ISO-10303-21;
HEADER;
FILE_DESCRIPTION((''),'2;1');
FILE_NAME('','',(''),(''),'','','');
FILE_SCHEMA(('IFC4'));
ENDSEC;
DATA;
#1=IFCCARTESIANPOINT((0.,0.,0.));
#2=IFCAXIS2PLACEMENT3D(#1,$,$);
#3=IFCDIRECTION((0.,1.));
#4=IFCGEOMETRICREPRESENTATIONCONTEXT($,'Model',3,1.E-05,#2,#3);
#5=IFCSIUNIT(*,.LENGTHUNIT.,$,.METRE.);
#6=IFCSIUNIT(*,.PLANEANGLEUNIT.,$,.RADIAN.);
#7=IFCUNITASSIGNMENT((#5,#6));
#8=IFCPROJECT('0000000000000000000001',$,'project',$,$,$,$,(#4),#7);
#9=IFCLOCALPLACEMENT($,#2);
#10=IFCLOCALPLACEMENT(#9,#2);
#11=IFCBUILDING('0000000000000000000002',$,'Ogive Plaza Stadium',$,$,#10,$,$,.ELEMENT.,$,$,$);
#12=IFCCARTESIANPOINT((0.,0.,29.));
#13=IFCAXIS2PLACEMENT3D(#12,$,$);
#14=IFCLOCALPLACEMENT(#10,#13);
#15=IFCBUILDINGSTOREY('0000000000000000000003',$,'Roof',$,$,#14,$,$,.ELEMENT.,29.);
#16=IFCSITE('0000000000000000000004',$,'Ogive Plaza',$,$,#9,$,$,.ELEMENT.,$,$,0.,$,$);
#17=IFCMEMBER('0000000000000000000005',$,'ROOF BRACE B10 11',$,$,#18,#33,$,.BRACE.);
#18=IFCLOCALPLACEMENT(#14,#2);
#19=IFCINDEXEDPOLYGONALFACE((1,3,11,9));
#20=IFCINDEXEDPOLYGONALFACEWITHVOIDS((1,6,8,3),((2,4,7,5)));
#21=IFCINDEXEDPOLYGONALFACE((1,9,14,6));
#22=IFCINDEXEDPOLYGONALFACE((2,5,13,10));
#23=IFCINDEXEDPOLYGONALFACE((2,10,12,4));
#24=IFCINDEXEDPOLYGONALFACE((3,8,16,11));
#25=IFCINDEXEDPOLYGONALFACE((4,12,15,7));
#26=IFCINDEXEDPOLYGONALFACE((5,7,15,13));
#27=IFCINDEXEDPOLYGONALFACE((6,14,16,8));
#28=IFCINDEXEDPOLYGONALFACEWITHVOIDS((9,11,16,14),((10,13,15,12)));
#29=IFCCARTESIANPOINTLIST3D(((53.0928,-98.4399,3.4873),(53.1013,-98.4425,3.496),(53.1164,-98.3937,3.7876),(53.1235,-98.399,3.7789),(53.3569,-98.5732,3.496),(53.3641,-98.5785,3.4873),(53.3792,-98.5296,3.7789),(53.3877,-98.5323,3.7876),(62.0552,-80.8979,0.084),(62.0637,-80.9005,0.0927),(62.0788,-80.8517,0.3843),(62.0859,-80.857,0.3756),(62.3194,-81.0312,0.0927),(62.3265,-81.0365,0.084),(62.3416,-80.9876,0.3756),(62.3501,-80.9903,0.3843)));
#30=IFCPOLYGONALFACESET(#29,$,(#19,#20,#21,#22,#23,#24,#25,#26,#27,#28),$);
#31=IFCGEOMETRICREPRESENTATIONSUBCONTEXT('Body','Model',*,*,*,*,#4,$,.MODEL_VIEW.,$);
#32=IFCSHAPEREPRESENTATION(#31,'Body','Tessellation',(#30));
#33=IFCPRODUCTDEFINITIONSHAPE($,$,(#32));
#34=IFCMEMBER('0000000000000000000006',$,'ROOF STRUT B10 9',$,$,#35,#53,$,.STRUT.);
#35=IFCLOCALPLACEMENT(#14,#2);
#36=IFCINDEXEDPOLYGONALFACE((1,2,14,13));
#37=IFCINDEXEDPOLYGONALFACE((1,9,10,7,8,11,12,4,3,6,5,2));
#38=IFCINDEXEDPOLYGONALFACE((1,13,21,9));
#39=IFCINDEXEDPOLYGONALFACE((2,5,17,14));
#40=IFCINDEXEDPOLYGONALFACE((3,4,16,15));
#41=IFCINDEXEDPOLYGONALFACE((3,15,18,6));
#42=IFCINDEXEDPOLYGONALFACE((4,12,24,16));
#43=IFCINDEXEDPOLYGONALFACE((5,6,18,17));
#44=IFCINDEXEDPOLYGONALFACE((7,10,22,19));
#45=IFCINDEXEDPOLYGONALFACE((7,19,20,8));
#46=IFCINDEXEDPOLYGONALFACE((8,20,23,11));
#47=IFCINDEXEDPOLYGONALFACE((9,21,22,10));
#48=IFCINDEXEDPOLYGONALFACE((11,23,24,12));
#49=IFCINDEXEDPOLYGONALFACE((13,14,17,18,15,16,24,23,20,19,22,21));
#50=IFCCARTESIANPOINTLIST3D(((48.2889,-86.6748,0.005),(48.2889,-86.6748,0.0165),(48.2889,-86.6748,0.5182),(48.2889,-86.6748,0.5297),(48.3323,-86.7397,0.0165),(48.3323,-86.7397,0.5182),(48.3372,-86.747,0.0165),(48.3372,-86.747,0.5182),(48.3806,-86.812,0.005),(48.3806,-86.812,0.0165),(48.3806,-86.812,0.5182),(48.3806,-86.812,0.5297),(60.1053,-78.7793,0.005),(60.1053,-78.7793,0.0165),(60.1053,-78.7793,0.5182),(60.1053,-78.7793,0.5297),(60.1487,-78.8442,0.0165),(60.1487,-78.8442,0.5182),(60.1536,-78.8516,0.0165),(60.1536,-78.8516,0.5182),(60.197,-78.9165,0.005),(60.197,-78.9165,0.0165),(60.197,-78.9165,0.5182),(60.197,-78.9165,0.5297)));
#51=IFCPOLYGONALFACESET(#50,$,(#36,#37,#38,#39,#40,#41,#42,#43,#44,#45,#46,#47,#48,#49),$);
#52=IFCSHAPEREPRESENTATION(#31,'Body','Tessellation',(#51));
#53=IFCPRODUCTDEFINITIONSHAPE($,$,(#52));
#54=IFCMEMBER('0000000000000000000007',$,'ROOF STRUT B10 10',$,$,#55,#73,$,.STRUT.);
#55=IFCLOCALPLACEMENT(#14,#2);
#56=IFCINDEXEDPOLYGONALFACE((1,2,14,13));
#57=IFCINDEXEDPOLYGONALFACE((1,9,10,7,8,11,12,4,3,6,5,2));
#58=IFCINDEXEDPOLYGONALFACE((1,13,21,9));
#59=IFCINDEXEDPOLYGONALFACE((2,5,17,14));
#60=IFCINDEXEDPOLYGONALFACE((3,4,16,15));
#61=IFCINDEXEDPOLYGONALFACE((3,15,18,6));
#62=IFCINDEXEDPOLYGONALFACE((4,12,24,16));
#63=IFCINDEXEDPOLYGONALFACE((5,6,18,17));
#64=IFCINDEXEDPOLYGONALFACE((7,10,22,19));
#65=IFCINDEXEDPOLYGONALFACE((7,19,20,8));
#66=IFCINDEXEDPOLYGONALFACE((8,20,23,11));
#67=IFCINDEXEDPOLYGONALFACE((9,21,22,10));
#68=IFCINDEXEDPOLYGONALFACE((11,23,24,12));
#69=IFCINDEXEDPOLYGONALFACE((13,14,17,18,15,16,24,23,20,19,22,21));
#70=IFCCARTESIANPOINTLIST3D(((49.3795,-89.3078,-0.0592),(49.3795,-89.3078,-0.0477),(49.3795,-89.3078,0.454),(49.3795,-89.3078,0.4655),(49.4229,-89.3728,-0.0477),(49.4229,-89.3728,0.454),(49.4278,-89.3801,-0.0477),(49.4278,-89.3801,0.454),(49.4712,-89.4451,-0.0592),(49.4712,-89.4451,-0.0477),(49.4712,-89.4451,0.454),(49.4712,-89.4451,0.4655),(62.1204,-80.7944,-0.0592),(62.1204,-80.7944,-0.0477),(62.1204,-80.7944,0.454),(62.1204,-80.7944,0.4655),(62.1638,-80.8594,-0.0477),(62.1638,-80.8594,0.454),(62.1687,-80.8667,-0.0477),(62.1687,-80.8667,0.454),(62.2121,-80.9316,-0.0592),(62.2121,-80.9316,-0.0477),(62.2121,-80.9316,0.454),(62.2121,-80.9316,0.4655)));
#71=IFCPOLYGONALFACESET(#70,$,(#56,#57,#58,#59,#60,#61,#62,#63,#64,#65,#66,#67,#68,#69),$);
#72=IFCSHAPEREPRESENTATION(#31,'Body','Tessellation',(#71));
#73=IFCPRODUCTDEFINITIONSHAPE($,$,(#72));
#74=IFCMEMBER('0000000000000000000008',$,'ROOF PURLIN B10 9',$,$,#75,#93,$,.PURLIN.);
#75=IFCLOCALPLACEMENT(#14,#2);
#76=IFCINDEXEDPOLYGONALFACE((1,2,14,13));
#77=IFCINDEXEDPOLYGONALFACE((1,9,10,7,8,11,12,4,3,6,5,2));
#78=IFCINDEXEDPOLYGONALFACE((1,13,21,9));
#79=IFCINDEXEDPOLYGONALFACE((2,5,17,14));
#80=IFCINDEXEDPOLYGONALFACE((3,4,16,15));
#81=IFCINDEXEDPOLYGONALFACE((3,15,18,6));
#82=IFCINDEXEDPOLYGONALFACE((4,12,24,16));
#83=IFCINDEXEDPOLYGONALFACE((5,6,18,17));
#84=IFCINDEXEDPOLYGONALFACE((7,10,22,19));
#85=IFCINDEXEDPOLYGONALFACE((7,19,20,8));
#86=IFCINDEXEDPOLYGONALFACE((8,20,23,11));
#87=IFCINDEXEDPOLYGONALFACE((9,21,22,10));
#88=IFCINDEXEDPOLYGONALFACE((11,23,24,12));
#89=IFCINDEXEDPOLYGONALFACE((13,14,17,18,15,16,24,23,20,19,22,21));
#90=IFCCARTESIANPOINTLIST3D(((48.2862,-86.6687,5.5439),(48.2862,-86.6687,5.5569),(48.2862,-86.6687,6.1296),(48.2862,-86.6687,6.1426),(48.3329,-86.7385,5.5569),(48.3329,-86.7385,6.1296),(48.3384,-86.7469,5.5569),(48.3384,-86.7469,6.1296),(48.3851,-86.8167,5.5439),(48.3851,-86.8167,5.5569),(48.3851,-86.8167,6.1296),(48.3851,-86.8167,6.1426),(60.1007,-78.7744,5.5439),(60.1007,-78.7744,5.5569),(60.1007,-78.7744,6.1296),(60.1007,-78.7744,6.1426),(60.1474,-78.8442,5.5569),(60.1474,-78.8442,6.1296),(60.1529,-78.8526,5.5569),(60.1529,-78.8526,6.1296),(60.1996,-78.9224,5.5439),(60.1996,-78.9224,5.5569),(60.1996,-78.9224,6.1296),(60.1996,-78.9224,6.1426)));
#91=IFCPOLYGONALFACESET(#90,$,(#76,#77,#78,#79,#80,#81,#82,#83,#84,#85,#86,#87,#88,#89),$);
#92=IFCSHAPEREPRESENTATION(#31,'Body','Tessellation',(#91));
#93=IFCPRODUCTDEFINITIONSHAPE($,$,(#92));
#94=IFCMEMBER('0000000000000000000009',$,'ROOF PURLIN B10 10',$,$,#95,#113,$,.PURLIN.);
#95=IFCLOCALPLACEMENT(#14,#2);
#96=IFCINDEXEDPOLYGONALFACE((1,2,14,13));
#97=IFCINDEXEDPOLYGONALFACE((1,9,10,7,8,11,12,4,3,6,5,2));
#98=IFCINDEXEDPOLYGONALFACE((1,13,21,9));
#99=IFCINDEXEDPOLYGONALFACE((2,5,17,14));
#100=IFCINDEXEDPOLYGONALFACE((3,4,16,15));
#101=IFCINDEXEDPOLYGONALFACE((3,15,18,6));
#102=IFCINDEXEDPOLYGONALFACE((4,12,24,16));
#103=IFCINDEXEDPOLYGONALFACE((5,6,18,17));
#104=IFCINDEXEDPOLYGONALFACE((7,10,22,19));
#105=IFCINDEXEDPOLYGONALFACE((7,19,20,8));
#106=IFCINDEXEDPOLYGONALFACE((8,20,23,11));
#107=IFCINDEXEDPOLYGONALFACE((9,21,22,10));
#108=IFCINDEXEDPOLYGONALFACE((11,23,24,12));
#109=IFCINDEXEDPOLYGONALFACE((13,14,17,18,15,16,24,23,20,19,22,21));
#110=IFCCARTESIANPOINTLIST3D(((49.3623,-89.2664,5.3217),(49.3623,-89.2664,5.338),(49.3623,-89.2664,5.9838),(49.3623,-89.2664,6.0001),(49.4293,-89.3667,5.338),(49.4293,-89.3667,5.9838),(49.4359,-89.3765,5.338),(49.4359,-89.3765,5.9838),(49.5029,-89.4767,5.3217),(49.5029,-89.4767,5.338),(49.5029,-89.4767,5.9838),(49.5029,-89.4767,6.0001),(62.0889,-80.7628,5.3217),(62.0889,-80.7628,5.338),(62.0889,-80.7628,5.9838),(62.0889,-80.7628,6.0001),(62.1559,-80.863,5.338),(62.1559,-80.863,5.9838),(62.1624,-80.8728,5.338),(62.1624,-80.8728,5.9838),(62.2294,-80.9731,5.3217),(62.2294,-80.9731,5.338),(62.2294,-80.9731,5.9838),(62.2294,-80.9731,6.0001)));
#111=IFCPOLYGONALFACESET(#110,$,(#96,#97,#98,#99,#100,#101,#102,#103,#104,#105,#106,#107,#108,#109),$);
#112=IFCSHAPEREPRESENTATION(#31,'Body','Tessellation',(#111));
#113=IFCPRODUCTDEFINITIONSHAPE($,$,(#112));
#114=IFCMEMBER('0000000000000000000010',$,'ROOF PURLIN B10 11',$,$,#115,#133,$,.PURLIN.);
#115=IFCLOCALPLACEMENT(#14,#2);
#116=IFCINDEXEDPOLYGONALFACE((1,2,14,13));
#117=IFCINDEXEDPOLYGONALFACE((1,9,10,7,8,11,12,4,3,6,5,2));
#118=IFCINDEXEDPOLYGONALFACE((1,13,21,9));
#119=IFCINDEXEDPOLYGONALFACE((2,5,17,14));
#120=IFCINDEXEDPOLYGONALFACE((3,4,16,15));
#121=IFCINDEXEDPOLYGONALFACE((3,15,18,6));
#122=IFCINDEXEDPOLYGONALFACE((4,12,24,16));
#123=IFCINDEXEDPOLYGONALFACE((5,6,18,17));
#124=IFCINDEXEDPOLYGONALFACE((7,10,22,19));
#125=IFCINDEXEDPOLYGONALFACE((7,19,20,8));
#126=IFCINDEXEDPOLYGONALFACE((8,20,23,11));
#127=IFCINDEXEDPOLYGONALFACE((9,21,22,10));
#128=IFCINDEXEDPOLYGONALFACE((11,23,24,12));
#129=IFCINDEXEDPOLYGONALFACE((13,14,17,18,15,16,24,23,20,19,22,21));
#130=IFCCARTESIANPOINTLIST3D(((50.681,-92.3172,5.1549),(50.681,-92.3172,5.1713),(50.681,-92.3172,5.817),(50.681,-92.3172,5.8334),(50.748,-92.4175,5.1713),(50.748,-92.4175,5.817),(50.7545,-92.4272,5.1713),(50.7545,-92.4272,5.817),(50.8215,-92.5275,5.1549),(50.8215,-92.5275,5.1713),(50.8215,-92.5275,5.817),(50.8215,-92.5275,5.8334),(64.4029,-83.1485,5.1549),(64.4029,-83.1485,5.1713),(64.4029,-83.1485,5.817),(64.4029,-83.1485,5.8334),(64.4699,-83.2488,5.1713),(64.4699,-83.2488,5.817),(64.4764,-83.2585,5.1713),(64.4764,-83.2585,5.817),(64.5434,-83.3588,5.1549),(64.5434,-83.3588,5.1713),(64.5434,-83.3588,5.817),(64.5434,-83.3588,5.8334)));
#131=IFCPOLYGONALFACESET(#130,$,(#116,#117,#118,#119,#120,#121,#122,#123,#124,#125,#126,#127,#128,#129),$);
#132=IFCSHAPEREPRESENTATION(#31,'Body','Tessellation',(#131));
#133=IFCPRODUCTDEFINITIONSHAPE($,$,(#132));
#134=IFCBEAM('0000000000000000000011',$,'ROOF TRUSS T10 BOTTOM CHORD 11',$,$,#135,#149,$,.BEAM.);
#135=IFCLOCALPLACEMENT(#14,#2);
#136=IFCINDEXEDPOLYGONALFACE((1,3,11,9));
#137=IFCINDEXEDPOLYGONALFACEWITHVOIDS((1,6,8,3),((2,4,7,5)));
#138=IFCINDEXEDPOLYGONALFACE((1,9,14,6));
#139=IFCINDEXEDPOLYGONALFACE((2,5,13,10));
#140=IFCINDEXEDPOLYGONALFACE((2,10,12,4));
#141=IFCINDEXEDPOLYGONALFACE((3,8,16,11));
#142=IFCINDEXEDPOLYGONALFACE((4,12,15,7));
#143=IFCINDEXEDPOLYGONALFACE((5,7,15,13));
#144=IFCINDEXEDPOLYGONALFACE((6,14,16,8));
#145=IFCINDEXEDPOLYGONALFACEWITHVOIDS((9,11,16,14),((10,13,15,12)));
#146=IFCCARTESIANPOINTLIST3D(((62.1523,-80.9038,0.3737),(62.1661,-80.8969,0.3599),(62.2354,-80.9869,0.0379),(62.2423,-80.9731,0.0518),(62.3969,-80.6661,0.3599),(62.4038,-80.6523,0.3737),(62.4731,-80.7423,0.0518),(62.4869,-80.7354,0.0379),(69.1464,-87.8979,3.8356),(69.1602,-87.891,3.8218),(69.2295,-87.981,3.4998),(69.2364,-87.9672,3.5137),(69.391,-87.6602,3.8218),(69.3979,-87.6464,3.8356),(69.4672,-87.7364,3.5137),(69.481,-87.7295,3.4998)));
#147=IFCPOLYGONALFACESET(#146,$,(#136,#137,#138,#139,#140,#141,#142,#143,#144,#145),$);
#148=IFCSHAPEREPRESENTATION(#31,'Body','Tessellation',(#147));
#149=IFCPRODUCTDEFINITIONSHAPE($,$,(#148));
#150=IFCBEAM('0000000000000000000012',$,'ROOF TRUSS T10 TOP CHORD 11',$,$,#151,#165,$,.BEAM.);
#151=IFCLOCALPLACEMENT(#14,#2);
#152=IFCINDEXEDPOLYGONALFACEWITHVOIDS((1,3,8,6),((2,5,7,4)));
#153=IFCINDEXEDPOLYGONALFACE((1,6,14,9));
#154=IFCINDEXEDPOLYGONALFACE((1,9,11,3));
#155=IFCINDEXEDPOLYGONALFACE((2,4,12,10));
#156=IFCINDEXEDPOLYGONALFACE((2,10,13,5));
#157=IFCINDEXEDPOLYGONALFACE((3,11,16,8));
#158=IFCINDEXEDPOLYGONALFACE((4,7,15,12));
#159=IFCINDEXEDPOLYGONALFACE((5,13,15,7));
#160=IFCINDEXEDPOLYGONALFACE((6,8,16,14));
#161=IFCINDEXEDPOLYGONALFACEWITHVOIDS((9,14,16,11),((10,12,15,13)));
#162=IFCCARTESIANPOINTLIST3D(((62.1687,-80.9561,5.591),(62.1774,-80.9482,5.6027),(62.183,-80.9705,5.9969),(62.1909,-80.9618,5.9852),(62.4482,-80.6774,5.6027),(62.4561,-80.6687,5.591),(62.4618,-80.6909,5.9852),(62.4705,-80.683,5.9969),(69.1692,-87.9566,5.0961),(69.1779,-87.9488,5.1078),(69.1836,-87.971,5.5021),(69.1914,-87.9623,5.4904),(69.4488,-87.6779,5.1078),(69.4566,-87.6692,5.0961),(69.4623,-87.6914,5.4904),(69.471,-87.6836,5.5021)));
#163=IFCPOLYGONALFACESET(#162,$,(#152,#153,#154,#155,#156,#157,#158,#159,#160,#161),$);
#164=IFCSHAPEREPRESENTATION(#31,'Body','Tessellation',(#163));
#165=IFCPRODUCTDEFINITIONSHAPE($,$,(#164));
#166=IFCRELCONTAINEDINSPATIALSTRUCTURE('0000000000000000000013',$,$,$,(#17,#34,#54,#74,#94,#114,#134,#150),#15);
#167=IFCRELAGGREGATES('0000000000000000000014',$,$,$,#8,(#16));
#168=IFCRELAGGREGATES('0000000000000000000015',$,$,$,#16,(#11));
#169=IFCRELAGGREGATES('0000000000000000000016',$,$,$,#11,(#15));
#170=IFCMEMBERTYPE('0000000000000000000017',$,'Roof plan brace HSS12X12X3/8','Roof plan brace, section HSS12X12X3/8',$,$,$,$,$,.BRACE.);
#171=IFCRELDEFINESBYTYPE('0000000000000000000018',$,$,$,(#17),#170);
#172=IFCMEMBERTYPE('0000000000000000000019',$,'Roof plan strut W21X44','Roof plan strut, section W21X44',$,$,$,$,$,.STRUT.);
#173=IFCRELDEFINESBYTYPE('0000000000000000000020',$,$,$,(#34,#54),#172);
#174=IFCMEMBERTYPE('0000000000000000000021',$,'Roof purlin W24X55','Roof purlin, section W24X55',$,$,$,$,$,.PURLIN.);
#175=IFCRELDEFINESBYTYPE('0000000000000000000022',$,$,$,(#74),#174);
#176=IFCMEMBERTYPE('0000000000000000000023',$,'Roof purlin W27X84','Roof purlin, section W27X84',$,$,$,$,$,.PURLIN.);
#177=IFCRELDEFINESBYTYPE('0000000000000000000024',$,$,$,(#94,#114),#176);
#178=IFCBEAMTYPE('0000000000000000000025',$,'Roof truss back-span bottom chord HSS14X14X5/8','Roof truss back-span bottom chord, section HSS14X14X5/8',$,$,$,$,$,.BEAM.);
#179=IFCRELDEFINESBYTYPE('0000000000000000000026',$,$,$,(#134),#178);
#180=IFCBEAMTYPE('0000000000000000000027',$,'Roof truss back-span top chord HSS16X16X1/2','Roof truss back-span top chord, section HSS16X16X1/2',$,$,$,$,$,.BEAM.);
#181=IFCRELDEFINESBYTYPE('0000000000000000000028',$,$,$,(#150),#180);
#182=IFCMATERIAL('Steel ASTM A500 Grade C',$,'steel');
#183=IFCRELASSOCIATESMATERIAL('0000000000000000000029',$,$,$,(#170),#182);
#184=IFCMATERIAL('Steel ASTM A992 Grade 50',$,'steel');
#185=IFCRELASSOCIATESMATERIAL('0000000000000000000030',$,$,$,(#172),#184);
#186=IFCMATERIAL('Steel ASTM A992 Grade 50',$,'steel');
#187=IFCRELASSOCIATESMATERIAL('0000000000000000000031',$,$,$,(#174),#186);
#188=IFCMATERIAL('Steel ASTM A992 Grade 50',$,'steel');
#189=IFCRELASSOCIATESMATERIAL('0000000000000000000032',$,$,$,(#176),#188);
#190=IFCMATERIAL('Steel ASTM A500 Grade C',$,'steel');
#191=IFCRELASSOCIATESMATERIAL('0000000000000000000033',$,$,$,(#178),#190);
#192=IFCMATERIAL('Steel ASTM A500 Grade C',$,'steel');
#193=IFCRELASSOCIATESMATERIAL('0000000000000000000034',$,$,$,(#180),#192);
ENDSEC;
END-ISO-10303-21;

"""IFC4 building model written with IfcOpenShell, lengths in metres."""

from ifc_helpers import new_model, si_unit, direction, frame, origin, origin_2d, place, context, subcontext, project, spatial, hollow_rectangle, i_section, extrude, material, material_profile, profile_set, type_object, element, save


model = new_model("IFC4")

# Units and contexts
model_context = context("Model", 3, precision=1e-05, world=origin(), true_north=direction((0.0, 1.0)))
body_context = subcontext(model_context, "Body", "Model", "MODEL_VIEW")
ifc_project = project(units=[si_unit("LENGTHUNIT", "METRE"), si_unit("PLANEANGLEUNIT", "RADIAN")], contexts=[model_context])

# Site, building, storey
site_placement = place(None, origin())
site = spatial("IfcSite", under=ifc_project, at=site_placement, Name="Ogive Plaza", CompositionType="ELEMENT", RefElevation=0.0)
building_placement = place(site_placement, origin())
building = spatial("IfcBuilding", under=site, at=building_placement, Name="Ogive Plaza Stadium", CompositionType="ELEMENT")
storey_placement = place(building_placement, frame((0.0, 0.0, 29.0)))
storey = spatial("IfcBuildingStorey", under=building, at=storey_placement, Name="Roof", CompositionType="ELEMENT", Elevation=29.0)

# Members
ifc_material_1 = material(Name="Steel ASTM A500 Grade C", Category="steel")
ifc_material_profile_1 = material_profile(ifc_material_1, hollow_rectangle(XDim=0.3047, YDim=0.3047, WallThickness=0.0088, at=origin_2d()), Name="HSS12X12X3/8")
ifc_profile_set_1 = profile_set([ifc_material_profile_1], Name="Steel ASTM A500 Grade C")
member_type_1 = type_object("IfcMemberType", Name="Roof plan brace HSS12X12X3/8", Description="Roof plan brace, section HSS12X12X3/8", PredefinedType="BRACE", material=ifc_profile_set_1)
member_1_placement = place(storey_placement, frame((62.2026, -80.9441, 0.2341), z_axis=(-0.448328, -0.877507, 0.170245), x_axis=(0.890507, -0.45497, 0.0)))
element("IfcMember", 1, at=member_1_placement, inside=storey, type_object=member_type_1, Name="ROOF BRACE B10 11", PredefinedType="BRACE", context=body_context, shape_type="SweptSolid", body=[
    extrude(hollow_rectangle(XDim=0.3047, YDim=0.3047, WallThickness=0.0088, at=origin_2d()), origin(), (0.0, 0.0, 1.0), 19.9907),
])
ifc_material_2 = material(Name="Steel ASTM A992 Grade 50", Category="steel")
ifc_material_profile_2 = material_profile(ifc_material_2, i_section(OverallWidth=0.165, OverallDepth=0.5247, WebThickness=0.0088, FlangeThickness=0.0115, at=origin_2d()), Name="W21X44")
ifc_profile_set_2 = profile_set([ifc_material_profile_2], Name="Steel ASTM A992 Grade 50")
member_type_2 = type_object("IfcMemberType", Name="Roof plan strut W21X44", Description="Roof plan strut, section W21X44", PredefinedType="STRUT", material=ifc_profile_set_2)
member_2_placement = place(storey_placement, frame((60.1511, -78.8479, 0.2673), z_axis=(-0.831468, -0.555572, 0.0), x_axis=(0.555572, -0.831468, 0.0)))
element("IfcMember", 2, at=member_2_placement, inside=storey, type_object=member_type_2, Name="ROOF STRUT B10 9", PredefinedType="STRUT", context=body_context, shape_type="SweptSolid", body=[
    extrude(i_section(OverallWidth=0.165, OverallDepth=0.5247, WebThickness=0.0088, FlangeThickness=0.0115, at=origin_2d()), origin(), (0.0, 0.0, 1.0), 14.2114),
])
member_3_placement = place(storey_placement, frame((62.1663, -80.863, 0.2031), z_axis=(-0.831464, -0.555579, 0.0), x_axis=(0.555579, -0.831464, 0.0)))
element("IfcMember", 3, at=member_3_placement, inside=storey, type_object=member_type_2, Name="ROOF STRUT B10 10", PredefinedType="STRUT", context=body_context, shape_type="SweptSolid", body=[
    extrude(i_section(OverallWidth=0.165, OverallDepth=0.5247, WebThickness=0.0088, FlangeThickness=0.0115, at=origin_2d()), origin(), (0.0, 0.0, 1.0), 15.3235),
])
ifc_material_3 = material(Name="Steel ASTM A992 Grade 50", Category="steel")
ifc_material_profile_3 = material_profile(ifc_material_3, i_section(OverallWidth=0.178, OverallDepth=0.5986, WebThickness=0.01, FlangeThickness=0.0129, at=origin_2d()), Name="W24X55")
ifc_profile_set_3 = profile_set([ifc_material_profile_3], Name="Steel ASTM A992 Grade 50")
member_type_3 = type_object("IfcMemberType", Name="Roof purlin W24X55", Description="Roof purlin, section W24X55", PredefinedType="PURLIN", material=ifc_profile_set_3)
member_4_placement = place(storey_placement, frame((60.1501, -78.8484, 5.8433), z_axis=(-0.831466, -0.555576, 0.0), x_axis=(0.555576, -0.831466, 0.0)))
element("IfcMember", 4, at=member_4_placement, inside=storey, type_object=member_type_3, Name="ROOF PURLIN B10 9", PredefinedType="PURLIN", context=body_context, shape_type="SweptSolid", body=[
    extrude(i_section(OverallWidth=0.178, OverallDepth=0.5986, WebThickness=0.01, FlangeThickness=0.0129, at=origin_2d()), origin(), (0.0, 0.0, 1.0), 14.2092),
])
ifc_material_4 = material(Name="Steel ASTM A992 Grade 50", Category="steel")
ifc_material_profile_4 = material_profile(ifc_material_4, i_section(OverallWidth=0.2529, OverallDepth=0.6785, WebThickness=0.0117, FlangeThickness=0.0164, at=origin_2d()), Name="W27X84")
ifc_profile_set_4 = profile_set([ifc_material_profile_4], Name="Steel ASTM A992 Grade 50")
member_type_4 = type_object("IfcMemberType", Name="Roof purlin W27X84", Description="Roof purlin, section W27X84", PredefinedType="PURLIN", material=ifc_profile_set_4)
member_5_placement = place(storey_placement, frame((62.1592, -80.8679, 5.6609), z_axis=(-0.831468, -0.555572, 0.0), x_axis=(0.555572, -0.831468, 0.0)))
element("IfcMember", 5, at=member_5_placement, inside=storey, type_object=member_type_4, Name="ROOF PURLIN B10 10", PredefinedType="PURLIN", context=body_context, shape_type="SweptSolid", body=[
    extrude(i_section(OverallWidth=0.2529, OverallDepth=0.6785, WebThickness=0.0117, FlangeThickness=0.0164, at=origin_2d()), origin(), (0.0, 0.0, 1.0), 15.3062),
])
member_6_placement = place(storey_placement, frame((64.4731, -83.2537, 5.4941), z_axis=(-0.831469, -0.55557, 0.0), x_axis=(0.55557, -0.831469, 0.0)))
element("IfcMember", 6, at=member_6_placement, inside=storey, type_object=member_type_4, Name="ROOF PURLIN B10 11", PredefinedType="PURLIN", context=body_context, shape_type="SweptSolid", body=[
    extrude(i_section(OverallWidth=0.2529, OverallDepth=0.6785, WebThickness=0.0117, FlangeThickness=0.0164, at=origin_2d()), origin(), (0.0, 0.0, 1.0), 16.5032),
])

# Beams
ifc_material_5 = material(Name="Steel ASTM A500 Grade C", Category="steel")
ifc_material_profile_5 = material_profile(ifc_material_5, hollow_rectangle(XDim=0.3557, YDim=0.3557, WallThickness=0.0146, at=origin_2d()), Name="HSS14X14X5/8")
ifc_profile_set_5 = profile_set([ifc_material_profile_5], Name="Steel ASTM A500 Grade C")
beam_type_1 = type_object("IfcBeamType", Name="Roof truss back-span bottom chord HSS14X14X5/8", Description="Roof truss back-span bottom chord, section HSS14X14X5/8", PredefinedType="BEAM", material=ifc_profile_set_5)
beam_1_placement = place(storey_placement, frame((62.3196, -80.8196, 0.2058), z_axis=(0.667409, -0.667409, 0.33035), x_axis=(0.707107, 0.707107, 0.0)))
element("IfcBeam", 7, at=beam_1_placement, inside=storey, type_object=beam_type_1, Name="ROOF TRUSS T10 BOTTOM CHORD 11", PredefinedType="BEAM", context=body_context, shape_type="SweptSolid", body=[
    extrude(hollow_rectangle(XDim=0.3557, YDim=0.3557, WallThickness=0.0146, at=origin_2d()), origin(), (0.0, 0.0, 1.0), 10.4795),
])
ifc_material_6 = material(Name="Steel ASTM A500 Grade C", Category="steel")
ifc_material_profile_6 = material_profile(ifc_material_6, hollow_rectangle(XDim=0.4065, YDim=0.4065, WallThickness=0.0117, at=origin_2d()), Name="HSS16X16X1/2")
ifc_profile_set_6 = profile_set([ifc_material_profile_6], Name="Steel ASTM A500 Grade C")
beam_type_2 = type_object("IfcBeamType", Name="Roof truss back-span top chord HSS16X16X1/2", Description="Roof truss back-span top chord, section HSS16X16X1/2", PredefinedType="BEAM", material=ifc_profile_set_6)
beam_2_placement = place(storey_placement, frame((62.3196, -80.8196, 5.7939), z_axis=(0.706225, -0.706225, -0.049924), x_axis=(0.707107, 0.707107, 0.0)))
element("IfcBeam", 8, at=beam_2_placement, inside=storey, type_object=beam_type_2, Name="ROOF TRUSS T10 TOP CHORD 11", PredefinedType="BEAM", context=body_context, shape_type="SweptSolid", body=[
    extrude(hollow_rectangle(XDim=0.4065, YDim=0.4065, WallThickness=0.0117, at=origin_2d()), origin(), (0.0, 0.0, 1.0), 9.9126),
])

save(model, "model.ifc")
